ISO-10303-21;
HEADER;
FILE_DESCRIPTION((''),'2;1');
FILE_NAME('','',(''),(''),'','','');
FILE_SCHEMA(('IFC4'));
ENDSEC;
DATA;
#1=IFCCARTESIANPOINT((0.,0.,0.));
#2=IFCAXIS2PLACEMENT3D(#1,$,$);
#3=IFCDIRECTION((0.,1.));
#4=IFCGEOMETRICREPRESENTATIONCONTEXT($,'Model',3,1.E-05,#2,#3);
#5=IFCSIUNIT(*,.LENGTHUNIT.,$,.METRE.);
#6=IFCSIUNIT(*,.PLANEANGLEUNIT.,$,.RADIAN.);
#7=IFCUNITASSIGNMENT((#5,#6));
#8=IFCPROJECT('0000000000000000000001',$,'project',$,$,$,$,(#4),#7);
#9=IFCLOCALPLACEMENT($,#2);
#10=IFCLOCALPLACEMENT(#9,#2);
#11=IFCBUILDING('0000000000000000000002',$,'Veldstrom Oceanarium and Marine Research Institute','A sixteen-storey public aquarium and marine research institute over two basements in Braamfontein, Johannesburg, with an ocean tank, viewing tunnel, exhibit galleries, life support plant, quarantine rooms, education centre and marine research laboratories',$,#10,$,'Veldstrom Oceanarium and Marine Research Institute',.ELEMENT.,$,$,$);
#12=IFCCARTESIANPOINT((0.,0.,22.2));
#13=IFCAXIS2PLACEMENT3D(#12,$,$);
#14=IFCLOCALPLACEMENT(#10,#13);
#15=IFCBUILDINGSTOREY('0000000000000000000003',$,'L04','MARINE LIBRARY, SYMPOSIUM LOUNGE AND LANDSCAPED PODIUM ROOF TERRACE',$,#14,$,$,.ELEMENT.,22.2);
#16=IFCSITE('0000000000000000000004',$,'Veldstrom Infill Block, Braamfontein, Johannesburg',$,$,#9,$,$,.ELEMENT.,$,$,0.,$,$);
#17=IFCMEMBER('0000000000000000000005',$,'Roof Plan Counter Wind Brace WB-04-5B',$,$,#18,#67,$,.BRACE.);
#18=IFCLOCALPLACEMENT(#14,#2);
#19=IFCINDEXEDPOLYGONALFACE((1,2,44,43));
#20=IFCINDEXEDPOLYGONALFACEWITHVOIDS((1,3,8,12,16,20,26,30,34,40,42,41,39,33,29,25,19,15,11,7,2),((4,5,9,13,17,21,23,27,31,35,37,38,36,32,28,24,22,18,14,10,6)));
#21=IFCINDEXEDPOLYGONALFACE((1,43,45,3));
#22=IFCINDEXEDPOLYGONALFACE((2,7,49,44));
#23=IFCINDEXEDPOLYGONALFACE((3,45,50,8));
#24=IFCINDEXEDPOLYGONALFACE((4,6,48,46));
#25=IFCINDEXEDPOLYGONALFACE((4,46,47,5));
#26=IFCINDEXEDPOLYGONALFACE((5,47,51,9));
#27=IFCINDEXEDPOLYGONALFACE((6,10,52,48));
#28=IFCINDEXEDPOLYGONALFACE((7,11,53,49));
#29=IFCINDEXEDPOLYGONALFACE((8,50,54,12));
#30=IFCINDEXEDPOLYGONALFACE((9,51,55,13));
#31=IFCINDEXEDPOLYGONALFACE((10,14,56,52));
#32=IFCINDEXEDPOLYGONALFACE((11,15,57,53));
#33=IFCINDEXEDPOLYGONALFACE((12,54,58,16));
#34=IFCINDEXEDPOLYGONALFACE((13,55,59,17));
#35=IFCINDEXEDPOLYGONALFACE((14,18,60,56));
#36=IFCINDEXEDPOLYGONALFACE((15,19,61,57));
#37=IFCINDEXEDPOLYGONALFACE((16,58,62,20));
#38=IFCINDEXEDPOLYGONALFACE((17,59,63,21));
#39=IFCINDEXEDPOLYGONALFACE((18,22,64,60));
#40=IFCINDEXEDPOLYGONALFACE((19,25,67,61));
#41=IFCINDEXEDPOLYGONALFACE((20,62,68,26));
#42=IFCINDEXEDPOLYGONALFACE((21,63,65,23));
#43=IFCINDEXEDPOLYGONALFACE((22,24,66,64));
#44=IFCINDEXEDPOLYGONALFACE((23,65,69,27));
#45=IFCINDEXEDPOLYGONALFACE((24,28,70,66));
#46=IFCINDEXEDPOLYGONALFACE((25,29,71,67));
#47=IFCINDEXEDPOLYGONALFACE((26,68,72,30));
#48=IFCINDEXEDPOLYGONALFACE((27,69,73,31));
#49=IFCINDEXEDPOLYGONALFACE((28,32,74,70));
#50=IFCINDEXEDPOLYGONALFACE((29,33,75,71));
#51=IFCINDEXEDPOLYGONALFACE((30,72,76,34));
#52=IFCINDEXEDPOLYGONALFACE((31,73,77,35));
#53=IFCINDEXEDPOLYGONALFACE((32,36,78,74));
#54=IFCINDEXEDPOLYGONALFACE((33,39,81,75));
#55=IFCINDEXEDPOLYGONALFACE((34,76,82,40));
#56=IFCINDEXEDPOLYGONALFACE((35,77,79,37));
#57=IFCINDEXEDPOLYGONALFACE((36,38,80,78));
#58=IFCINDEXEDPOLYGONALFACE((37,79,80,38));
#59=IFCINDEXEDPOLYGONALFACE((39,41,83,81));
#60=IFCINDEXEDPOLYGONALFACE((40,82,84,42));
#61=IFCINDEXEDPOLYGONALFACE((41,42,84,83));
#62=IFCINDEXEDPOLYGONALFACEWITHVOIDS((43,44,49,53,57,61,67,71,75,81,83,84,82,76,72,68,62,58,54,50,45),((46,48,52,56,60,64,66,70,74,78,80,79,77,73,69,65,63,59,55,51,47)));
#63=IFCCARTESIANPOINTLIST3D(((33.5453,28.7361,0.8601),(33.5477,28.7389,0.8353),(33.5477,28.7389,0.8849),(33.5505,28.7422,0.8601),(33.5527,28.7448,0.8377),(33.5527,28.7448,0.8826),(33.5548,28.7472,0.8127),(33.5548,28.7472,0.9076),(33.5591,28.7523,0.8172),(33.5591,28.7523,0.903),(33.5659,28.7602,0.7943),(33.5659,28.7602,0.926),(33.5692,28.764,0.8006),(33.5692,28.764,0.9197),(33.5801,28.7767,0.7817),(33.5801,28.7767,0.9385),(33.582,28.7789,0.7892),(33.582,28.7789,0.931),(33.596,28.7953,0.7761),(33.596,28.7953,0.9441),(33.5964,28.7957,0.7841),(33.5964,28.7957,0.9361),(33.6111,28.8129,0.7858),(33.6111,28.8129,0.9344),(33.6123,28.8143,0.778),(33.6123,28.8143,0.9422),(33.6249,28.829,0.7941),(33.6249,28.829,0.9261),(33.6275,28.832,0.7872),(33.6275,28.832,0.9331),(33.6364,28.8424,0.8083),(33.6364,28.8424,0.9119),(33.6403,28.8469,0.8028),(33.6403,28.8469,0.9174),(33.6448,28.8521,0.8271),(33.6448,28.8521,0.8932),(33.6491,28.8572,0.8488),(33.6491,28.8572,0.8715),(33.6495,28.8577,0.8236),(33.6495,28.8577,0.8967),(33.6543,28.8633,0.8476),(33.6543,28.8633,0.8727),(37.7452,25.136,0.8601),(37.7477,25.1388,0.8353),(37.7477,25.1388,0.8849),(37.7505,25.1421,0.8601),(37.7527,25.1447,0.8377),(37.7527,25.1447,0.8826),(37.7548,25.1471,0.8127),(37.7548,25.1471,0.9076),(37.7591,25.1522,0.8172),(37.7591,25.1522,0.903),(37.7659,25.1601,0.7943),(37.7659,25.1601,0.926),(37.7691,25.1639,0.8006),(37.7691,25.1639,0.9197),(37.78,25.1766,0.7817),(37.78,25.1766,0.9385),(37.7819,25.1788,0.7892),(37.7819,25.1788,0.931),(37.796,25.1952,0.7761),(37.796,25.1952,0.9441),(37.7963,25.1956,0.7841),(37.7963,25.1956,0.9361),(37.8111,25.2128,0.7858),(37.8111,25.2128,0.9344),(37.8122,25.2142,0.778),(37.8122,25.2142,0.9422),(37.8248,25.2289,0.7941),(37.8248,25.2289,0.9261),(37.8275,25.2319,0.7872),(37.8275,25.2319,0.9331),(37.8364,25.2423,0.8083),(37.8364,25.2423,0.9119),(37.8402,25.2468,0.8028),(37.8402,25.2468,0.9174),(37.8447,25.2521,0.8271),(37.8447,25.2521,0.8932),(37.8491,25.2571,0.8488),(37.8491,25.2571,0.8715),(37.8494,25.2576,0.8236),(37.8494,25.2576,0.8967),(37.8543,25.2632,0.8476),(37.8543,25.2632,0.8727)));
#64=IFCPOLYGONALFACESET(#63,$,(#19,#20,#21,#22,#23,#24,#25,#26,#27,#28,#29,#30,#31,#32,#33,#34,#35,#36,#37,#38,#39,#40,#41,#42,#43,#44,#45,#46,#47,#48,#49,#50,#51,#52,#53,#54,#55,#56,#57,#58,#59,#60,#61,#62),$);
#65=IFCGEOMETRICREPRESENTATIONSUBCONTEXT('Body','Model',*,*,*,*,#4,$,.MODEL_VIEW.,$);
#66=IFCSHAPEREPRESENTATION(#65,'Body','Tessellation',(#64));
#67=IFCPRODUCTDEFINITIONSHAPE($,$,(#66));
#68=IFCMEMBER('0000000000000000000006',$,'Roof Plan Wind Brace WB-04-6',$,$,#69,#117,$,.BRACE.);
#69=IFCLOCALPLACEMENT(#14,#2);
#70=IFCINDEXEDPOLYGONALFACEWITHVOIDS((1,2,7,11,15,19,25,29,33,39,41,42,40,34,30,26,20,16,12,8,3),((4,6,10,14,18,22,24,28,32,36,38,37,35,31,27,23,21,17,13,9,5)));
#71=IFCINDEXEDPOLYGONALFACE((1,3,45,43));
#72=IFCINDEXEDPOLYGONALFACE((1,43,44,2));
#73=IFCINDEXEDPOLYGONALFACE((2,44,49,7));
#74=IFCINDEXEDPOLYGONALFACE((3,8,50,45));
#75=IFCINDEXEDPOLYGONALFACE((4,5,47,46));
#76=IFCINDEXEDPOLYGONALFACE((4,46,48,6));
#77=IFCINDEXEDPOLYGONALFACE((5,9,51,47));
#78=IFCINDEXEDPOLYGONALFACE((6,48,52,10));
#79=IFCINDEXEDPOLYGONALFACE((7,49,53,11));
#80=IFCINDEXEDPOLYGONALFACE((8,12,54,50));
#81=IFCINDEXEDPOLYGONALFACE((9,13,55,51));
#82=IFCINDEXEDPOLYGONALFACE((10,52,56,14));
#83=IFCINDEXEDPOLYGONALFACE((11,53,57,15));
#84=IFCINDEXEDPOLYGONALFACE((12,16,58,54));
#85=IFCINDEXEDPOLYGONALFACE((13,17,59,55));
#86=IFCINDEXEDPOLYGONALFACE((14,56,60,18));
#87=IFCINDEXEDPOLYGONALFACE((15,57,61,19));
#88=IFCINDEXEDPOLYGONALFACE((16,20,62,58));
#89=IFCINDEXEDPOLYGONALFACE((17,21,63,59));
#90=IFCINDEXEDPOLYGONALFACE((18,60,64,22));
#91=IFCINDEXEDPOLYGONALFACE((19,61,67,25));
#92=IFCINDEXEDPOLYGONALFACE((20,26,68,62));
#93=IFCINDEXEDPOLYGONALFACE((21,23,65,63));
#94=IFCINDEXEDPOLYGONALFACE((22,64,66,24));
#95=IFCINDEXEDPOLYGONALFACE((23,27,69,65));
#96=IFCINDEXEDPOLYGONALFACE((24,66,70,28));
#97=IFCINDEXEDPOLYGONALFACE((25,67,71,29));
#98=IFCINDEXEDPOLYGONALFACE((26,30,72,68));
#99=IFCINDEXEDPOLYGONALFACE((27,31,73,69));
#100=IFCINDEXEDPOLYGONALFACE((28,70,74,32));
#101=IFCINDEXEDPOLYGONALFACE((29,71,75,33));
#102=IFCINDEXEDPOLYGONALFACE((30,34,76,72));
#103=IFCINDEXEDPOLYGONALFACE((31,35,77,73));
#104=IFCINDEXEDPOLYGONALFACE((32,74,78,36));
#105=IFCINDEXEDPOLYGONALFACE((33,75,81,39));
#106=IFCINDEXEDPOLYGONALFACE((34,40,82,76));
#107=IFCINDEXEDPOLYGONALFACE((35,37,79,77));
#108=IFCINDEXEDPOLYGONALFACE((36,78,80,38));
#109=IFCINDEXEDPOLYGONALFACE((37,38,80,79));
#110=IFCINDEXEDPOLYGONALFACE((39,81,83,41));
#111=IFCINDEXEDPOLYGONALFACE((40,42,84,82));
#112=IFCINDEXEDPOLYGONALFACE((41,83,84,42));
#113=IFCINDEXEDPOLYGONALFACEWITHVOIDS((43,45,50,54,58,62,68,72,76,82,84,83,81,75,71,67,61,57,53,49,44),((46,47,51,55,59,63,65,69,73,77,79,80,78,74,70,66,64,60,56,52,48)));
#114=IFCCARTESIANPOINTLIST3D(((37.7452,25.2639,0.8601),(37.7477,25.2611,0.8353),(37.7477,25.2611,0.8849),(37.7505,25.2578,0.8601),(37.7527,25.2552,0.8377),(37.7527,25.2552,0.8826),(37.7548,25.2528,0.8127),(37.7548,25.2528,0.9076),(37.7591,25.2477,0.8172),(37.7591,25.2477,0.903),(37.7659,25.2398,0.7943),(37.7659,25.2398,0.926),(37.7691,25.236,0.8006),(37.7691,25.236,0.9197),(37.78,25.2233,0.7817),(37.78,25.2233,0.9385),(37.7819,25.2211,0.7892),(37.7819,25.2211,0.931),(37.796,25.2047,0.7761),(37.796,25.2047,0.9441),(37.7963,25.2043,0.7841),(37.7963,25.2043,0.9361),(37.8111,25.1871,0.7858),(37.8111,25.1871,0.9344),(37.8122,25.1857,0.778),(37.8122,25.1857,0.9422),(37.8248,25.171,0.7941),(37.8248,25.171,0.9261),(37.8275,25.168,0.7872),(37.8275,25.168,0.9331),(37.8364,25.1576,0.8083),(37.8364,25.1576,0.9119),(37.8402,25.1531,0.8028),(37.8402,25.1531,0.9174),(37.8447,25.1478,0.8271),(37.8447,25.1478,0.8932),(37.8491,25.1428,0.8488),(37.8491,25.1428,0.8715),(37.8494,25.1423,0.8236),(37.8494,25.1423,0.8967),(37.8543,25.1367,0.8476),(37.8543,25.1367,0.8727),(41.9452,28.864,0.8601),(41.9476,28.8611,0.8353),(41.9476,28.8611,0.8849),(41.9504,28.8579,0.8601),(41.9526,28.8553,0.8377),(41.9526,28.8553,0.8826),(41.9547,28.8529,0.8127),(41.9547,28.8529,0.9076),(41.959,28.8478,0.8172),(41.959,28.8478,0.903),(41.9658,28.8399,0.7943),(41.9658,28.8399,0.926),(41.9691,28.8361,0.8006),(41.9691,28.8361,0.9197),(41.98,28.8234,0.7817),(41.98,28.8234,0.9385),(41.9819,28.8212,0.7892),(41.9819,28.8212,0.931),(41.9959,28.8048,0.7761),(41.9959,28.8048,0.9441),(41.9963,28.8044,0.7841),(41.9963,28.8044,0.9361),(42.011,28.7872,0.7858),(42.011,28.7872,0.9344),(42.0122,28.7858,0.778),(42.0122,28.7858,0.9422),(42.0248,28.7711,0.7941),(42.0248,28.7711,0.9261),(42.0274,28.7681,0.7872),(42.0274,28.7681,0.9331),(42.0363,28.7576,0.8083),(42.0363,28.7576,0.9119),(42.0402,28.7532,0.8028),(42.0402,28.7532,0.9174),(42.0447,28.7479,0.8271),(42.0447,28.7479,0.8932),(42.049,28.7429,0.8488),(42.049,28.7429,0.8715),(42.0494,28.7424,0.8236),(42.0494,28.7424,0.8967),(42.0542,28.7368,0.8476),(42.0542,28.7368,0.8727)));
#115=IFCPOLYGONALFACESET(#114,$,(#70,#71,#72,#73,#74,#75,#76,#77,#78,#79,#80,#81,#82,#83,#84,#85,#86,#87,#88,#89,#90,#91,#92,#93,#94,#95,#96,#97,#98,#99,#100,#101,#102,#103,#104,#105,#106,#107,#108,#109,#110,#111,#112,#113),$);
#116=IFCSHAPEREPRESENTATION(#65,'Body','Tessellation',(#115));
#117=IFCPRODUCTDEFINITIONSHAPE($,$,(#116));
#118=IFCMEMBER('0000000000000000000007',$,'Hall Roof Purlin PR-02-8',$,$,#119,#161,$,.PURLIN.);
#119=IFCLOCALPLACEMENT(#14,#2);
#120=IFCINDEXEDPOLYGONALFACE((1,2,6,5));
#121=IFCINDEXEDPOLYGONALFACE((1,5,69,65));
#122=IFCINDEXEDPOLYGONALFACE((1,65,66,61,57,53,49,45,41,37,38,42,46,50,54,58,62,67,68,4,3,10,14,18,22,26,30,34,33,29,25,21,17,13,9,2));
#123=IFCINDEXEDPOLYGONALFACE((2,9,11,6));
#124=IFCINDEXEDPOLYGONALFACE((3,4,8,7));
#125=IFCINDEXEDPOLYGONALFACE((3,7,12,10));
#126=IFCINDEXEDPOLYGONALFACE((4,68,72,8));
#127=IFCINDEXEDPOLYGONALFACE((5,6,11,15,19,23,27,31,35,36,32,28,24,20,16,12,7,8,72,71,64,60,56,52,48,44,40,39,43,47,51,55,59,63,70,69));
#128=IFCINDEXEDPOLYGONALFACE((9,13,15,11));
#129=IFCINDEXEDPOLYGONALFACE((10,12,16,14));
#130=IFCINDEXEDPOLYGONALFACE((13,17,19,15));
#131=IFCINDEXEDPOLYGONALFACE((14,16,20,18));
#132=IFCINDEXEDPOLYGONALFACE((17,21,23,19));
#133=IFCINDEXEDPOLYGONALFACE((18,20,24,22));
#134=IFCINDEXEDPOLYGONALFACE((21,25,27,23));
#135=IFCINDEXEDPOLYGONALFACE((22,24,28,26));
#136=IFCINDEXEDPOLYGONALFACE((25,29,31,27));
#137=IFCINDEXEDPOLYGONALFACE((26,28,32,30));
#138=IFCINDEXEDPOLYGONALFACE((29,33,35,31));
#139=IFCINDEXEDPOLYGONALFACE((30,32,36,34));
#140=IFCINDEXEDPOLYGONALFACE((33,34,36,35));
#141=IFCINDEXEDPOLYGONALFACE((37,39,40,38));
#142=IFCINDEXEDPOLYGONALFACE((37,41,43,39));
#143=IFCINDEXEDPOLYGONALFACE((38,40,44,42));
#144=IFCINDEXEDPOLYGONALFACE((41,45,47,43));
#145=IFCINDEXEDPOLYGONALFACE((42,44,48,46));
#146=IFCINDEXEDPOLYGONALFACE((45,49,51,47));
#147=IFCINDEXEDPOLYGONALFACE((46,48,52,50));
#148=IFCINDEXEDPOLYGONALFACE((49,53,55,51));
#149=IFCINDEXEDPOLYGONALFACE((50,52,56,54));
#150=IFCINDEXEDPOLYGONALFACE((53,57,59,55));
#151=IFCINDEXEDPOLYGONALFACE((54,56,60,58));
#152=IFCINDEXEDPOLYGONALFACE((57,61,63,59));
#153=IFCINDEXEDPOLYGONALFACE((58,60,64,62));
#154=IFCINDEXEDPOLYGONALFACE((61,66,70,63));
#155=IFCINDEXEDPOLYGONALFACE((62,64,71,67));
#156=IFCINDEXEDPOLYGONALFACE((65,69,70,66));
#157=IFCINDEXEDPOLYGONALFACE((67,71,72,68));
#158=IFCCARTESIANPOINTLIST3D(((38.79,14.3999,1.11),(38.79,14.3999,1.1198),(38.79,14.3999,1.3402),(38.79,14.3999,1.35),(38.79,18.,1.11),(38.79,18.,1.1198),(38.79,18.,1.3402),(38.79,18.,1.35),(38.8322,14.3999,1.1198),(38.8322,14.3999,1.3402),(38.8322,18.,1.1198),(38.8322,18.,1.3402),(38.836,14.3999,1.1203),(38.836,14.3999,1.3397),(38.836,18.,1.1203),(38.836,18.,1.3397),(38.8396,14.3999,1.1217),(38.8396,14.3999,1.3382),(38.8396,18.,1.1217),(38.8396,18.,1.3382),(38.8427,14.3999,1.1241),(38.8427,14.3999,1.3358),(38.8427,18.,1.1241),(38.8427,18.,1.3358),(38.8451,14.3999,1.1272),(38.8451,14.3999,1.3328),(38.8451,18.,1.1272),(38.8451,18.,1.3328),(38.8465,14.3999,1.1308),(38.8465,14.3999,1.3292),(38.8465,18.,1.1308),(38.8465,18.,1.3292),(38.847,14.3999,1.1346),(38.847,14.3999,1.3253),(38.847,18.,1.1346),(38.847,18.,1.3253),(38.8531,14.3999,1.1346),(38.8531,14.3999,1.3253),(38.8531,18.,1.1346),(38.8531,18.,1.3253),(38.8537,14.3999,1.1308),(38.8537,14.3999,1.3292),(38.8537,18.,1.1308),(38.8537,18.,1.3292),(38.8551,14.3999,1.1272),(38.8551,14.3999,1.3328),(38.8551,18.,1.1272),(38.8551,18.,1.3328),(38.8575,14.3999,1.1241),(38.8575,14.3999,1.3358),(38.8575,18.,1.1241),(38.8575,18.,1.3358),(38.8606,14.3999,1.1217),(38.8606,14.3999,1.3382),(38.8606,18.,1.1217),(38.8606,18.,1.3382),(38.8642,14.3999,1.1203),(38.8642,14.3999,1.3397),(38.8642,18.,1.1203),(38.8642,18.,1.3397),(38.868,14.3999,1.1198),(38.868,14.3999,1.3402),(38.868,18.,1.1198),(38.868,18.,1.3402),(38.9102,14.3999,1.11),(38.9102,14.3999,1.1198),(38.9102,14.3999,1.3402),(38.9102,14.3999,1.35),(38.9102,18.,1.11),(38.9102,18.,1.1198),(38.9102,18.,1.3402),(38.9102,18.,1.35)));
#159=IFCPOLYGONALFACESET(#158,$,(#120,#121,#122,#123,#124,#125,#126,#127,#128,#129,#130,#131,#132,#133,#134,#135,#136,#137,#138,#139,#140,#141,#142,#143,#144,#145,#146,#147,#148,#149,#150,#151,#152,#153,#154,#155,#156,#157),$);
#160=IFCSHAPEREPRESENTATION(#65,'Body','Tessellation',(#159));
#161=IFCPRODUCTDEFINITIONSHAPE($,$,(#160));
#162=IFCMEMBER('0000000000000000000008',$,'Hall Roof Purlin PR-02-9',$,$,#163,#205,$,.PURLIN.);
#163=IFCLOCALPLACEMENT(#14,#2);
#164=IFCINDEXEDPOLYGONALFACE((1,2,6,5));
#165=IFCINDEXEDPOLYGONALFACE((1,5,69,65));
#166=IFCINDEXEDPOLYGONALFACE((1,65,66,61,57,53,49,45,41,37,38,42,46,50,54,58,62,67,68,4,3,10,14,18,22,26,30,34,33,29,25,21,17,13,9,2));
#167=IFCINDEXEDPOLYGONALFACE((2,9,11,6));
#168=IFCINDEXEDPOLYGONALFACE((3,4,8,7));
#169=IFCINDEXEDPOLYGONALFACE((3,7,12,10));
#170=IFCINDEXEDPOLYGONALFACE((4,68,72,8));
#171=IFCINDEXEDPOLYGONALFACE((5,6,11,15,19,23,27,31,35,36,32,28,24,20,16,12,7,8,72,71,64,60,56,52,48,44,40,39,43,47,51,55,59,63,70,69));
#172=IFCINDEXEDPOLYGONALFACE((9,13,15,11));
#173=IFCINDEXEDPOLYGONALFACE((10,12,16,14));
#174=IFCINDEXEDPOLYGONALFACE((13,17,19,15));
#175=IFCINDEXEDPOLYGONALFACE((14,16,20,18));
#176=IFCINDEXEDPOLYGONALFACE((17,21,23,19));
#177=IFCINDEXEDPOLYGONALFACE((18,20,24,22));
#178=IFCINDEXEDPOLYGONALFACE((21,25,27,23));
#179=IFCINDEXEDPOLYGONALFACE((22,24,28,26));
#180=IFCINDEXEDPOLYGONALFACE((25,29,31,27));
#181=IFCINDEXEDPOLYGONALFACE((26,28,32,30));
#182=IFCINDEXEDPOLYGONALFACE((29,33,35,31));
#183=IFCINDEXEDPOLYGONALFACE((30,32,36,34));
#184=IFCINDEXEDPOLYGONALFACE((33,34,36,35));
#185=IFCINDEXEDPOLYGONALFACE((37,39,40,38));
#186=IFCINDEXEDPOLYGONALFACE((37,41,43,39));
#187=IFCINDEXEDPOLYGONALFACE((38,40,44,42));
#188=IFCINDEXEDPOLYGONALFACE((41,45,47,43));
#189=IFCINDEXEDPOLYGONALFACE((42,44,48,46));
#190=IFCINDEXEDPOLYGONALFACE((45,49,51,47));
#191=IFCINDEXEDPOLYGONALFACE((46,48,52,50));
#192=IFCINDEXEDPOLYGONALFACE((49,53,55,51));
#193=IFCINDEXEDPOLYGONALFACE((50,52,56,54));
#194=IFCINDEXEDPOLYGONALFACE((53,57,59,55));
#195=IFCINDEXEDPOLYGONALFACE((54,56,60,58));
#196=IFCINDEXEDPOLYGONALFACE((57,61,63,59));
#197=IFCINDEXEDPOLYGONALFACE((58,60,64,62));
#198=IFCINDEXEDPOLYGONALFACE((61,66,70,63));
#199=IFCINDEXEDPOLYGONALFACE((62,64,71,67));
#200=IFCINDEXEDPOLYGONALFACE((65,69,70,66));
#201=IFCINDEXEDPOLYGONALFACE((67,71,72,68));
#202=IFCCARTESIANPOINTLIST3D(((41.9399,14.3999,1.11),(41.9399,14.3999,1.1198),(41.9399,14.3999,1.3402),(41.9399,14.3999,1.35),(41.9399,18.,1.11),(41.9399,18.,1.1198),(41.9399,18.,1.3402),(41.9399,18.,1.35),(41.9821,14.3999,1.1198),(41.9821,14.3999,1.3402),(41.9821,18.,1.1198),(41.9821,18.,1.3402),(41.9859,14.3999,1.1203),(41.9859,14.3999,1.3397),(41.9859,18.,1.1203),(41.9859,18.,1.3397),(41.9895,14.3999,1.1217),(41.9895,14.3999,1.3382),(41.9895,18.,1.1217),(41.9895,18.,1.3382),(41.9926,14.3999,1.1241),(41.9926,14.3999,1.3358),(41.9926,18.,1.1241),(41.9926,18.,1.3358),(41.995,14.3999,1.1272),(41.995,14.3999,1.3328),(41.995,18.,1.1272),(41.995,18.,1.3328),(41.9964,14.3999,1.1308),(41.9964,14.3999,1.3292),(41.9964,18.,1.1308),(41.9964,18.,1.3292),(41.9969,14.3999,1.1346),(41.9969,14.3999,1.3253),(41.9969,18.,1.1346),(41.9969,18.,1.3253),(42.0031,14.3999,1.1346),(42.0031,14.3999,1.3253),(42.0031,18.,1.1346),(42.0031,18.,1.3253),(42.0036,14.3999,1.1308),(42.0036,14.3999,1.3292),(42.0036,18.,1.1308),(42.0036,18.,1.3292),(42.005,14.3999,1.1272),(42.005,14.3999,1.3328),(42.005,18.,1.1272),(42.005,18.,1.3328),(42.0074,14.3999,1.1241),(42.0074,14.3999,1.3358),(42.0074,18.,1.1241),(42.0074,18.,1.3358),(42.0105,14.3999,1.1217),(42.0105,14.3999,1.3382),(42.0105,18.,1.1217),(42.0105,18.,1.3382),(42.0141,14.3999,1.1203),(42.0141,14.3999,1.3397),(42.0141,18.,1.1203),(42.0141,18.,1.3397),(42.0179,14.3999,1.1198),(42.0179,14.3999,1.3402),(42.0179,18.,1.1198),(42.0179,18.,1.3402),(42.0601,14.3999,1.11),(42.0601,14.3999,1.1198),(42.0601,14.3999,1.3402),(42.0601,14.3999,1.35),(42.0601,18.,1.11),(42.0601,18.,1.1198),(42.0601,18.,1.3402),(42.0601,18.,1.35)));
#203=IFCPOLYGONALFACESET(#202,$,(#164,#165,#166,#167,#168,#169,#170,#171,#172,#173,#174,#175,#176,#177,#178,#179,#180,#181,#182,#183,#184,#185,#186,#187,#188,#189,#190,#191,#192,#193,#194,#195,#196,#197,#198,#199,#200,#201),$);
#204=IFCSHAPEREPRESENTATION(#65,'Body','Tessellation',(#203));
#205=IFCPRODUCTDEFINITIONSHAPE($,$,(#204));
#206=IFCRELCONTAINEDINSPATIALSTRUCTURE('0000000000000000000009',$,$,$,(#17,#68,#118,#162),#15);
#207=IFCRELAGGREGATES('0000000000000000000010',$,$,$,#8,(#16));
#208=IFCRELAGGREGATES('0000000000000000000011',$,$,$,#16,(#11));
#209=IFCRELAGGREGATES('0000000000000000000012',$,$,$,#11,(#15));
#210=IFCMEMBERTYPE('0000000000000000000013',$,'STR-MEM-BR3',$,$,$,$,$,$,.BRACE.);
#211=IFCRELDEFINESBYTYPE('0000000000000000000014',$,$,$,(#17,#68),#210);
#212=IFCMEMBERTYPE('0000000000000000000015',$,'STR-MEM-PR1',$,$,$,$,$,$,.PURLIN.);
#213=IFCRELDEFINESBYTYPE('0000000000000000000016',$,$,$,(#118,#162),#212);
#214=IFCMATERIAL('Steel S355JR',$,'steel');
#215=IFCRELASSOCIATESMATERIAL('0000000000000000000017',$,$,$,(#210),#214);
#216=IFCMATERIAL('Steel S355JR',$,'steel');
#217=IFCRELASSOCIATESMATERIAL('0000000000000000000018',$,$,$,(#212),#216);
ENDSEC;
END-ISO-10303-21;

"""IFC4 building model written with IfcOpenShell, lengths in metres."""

from ifc_helpers import new_model, si_unit, direction, frame, origin, origin_2d, place, context, subcontext, project, spatial, hollow_circle, i_section, extrude, material, material_profile, profile_set, type_object, element, save


model = new_model("IFC4")

# Units and contexts
model_context = context("Model", 3, precision=1e-05, world=origin(), true_north=direction((0.0, 1.0)))
body_context = subcontext(model_context, "Body", "Model", "MODEL_VIEW")
ifc_project = project(units=[si_unit("LENGTHUNIT", "METRE"), si_unit("PLANEANGLEUNIT", "RADIAN")], contexts=[model_context])

# Site, building, storey
site_placement = place(None, origin())
site = spatial("IfcSite", under=ifc_project, at=site_placement, Name="Veldstrom Infill Block, Braamfontein, Johannesburg", CompositionType="ELEMENT", RefElevation=0.0)
building_placement = place(site_placement, origin())
building = spatial("IfcBuilding", under=site, at=building_placement, Name="Veldstrom Oceanarium and Marine Research Institute", Description="A sixteen-storey public aquarium and marine research institute over two basements in Braamfontein, Johannesburg, with an ocean tank, viewing tunnel, exhibit galleries, life support plant, quarantine rooms, education centre and marine research laboratories", LongName="Veldstrom Oceanarium and Marine Research Institute", CompositionType="ELEMENT")
storey_placement = place(building_placement, frame((0.0, 0.0, 22.2)))
storey = spatial("IfcBuildingStorey", under=building, at=storey_placement, Name="L04", Description="MARINE LIBRARY, SYMPOSIUM LOUNGE AND LANDSCAPED PODIUM ROOF TERRACE", CompositionType="ELEMENT", Elevation=22.2)

# Members
ifc_material_1 = material(Name="Steel S355JR", Category="steel")
ifc_material_profile_1 = material_profile(ifc_material_1, hollow_circle(Radius=0.0842, WallThickness=0.0081, at=origin_2d()), Name="CHS 168.3x8")
ifc_profile_set_1 = profile_set([ifc_material_profile_1], Name="Steel S355JR")
member_type_1 = type_object("IfcMemberType", Name="STR-MEM-BR3", PredefinedType="BRACE", material=ifc_profile_set_1)
for number, where, z_axis, x_axis, name in (
    (1, (37.8, 25.2, 0.8601), (-0.759244, 0.650806, 0.0), (-0.650806, -0.759244, 0.0), "Roof Plan Counter Wind Brace WB-04-5B"),
    (2, (37.8, 25.2, 0.8601), (0.759244, 0.650806, 0.0), (-0.650806, 0.759244, 0.0), "Roof Plan Wind Brace WB-04-6"),
):
    element("IfcMember", number, at=place(storey_placement, frame(where, z_axis=z_axis, x_axis=x_axis)), inside=storey, type_object=member_type_1, Name=name, PredefinedType="BRACE", context=body_context, shape_type="SweptSolid", body=[
        extrude(hollow_circle(Radius=0.0842, WallThickness=0.0081, at=origin_2d()), origin(), (0.0, 0.0, 1.0), 5.5317),
    ])
ifc_material_2 = material(Name="Steel S355JR", Category="steel")
ifc_material_profile_2 = material_profile(ifc_material_2, i_section(OverallWidth=0.1201, OverallDepth=0.24, WebThickness=0.0061, FlangeThickness=0.0098, FilletRadius=0.0149, at=origin_2d()), Name="IPE 240")
ifc_profile_set_2 = profile_set([ifc_material_profile_2], Name="Steel S355JR")
member_type_2 = type_object("IfcMemberType", Name="STR-MEM-PR1", PredefinedType="PURLIN", material=ifc_profile_set_2)
for number, where, z_axis, x_axis, name in (
    (3, (38.8501, 14.3999, 1.23), (0.0, 1.0, 0.0), (-1.0, 0.0, 0.0), "Hall Roof Purlin PR-02-8"),
    (4, (42.0, 14.3999, 1.23), (0.0, 1.0, 0.0), (-1.0, 0.0, 0.0), "Hall Roof Purlin PR-02-9"),
):
    element("IfcMember", number, at=place(storey_placement, frame(where, z_axis=z_axis, x_axis=x_axis)), inside=storey, type_object=member_type_2, Name=name, PredefinedType="PURLIN", context=body_context, shape_type="SweptSolid", body=[
        extrude(i_section(OverallWidth=0.1201, OverallDepth=0.24, WebThickness=0.0061, FlangeThickness=0.0098, FilletRadius=0.0149, at=origin_2d()), origin(), (0.0, 0.0, 1.0), 3.6001),
    ])

save(model, "model.ifc")
